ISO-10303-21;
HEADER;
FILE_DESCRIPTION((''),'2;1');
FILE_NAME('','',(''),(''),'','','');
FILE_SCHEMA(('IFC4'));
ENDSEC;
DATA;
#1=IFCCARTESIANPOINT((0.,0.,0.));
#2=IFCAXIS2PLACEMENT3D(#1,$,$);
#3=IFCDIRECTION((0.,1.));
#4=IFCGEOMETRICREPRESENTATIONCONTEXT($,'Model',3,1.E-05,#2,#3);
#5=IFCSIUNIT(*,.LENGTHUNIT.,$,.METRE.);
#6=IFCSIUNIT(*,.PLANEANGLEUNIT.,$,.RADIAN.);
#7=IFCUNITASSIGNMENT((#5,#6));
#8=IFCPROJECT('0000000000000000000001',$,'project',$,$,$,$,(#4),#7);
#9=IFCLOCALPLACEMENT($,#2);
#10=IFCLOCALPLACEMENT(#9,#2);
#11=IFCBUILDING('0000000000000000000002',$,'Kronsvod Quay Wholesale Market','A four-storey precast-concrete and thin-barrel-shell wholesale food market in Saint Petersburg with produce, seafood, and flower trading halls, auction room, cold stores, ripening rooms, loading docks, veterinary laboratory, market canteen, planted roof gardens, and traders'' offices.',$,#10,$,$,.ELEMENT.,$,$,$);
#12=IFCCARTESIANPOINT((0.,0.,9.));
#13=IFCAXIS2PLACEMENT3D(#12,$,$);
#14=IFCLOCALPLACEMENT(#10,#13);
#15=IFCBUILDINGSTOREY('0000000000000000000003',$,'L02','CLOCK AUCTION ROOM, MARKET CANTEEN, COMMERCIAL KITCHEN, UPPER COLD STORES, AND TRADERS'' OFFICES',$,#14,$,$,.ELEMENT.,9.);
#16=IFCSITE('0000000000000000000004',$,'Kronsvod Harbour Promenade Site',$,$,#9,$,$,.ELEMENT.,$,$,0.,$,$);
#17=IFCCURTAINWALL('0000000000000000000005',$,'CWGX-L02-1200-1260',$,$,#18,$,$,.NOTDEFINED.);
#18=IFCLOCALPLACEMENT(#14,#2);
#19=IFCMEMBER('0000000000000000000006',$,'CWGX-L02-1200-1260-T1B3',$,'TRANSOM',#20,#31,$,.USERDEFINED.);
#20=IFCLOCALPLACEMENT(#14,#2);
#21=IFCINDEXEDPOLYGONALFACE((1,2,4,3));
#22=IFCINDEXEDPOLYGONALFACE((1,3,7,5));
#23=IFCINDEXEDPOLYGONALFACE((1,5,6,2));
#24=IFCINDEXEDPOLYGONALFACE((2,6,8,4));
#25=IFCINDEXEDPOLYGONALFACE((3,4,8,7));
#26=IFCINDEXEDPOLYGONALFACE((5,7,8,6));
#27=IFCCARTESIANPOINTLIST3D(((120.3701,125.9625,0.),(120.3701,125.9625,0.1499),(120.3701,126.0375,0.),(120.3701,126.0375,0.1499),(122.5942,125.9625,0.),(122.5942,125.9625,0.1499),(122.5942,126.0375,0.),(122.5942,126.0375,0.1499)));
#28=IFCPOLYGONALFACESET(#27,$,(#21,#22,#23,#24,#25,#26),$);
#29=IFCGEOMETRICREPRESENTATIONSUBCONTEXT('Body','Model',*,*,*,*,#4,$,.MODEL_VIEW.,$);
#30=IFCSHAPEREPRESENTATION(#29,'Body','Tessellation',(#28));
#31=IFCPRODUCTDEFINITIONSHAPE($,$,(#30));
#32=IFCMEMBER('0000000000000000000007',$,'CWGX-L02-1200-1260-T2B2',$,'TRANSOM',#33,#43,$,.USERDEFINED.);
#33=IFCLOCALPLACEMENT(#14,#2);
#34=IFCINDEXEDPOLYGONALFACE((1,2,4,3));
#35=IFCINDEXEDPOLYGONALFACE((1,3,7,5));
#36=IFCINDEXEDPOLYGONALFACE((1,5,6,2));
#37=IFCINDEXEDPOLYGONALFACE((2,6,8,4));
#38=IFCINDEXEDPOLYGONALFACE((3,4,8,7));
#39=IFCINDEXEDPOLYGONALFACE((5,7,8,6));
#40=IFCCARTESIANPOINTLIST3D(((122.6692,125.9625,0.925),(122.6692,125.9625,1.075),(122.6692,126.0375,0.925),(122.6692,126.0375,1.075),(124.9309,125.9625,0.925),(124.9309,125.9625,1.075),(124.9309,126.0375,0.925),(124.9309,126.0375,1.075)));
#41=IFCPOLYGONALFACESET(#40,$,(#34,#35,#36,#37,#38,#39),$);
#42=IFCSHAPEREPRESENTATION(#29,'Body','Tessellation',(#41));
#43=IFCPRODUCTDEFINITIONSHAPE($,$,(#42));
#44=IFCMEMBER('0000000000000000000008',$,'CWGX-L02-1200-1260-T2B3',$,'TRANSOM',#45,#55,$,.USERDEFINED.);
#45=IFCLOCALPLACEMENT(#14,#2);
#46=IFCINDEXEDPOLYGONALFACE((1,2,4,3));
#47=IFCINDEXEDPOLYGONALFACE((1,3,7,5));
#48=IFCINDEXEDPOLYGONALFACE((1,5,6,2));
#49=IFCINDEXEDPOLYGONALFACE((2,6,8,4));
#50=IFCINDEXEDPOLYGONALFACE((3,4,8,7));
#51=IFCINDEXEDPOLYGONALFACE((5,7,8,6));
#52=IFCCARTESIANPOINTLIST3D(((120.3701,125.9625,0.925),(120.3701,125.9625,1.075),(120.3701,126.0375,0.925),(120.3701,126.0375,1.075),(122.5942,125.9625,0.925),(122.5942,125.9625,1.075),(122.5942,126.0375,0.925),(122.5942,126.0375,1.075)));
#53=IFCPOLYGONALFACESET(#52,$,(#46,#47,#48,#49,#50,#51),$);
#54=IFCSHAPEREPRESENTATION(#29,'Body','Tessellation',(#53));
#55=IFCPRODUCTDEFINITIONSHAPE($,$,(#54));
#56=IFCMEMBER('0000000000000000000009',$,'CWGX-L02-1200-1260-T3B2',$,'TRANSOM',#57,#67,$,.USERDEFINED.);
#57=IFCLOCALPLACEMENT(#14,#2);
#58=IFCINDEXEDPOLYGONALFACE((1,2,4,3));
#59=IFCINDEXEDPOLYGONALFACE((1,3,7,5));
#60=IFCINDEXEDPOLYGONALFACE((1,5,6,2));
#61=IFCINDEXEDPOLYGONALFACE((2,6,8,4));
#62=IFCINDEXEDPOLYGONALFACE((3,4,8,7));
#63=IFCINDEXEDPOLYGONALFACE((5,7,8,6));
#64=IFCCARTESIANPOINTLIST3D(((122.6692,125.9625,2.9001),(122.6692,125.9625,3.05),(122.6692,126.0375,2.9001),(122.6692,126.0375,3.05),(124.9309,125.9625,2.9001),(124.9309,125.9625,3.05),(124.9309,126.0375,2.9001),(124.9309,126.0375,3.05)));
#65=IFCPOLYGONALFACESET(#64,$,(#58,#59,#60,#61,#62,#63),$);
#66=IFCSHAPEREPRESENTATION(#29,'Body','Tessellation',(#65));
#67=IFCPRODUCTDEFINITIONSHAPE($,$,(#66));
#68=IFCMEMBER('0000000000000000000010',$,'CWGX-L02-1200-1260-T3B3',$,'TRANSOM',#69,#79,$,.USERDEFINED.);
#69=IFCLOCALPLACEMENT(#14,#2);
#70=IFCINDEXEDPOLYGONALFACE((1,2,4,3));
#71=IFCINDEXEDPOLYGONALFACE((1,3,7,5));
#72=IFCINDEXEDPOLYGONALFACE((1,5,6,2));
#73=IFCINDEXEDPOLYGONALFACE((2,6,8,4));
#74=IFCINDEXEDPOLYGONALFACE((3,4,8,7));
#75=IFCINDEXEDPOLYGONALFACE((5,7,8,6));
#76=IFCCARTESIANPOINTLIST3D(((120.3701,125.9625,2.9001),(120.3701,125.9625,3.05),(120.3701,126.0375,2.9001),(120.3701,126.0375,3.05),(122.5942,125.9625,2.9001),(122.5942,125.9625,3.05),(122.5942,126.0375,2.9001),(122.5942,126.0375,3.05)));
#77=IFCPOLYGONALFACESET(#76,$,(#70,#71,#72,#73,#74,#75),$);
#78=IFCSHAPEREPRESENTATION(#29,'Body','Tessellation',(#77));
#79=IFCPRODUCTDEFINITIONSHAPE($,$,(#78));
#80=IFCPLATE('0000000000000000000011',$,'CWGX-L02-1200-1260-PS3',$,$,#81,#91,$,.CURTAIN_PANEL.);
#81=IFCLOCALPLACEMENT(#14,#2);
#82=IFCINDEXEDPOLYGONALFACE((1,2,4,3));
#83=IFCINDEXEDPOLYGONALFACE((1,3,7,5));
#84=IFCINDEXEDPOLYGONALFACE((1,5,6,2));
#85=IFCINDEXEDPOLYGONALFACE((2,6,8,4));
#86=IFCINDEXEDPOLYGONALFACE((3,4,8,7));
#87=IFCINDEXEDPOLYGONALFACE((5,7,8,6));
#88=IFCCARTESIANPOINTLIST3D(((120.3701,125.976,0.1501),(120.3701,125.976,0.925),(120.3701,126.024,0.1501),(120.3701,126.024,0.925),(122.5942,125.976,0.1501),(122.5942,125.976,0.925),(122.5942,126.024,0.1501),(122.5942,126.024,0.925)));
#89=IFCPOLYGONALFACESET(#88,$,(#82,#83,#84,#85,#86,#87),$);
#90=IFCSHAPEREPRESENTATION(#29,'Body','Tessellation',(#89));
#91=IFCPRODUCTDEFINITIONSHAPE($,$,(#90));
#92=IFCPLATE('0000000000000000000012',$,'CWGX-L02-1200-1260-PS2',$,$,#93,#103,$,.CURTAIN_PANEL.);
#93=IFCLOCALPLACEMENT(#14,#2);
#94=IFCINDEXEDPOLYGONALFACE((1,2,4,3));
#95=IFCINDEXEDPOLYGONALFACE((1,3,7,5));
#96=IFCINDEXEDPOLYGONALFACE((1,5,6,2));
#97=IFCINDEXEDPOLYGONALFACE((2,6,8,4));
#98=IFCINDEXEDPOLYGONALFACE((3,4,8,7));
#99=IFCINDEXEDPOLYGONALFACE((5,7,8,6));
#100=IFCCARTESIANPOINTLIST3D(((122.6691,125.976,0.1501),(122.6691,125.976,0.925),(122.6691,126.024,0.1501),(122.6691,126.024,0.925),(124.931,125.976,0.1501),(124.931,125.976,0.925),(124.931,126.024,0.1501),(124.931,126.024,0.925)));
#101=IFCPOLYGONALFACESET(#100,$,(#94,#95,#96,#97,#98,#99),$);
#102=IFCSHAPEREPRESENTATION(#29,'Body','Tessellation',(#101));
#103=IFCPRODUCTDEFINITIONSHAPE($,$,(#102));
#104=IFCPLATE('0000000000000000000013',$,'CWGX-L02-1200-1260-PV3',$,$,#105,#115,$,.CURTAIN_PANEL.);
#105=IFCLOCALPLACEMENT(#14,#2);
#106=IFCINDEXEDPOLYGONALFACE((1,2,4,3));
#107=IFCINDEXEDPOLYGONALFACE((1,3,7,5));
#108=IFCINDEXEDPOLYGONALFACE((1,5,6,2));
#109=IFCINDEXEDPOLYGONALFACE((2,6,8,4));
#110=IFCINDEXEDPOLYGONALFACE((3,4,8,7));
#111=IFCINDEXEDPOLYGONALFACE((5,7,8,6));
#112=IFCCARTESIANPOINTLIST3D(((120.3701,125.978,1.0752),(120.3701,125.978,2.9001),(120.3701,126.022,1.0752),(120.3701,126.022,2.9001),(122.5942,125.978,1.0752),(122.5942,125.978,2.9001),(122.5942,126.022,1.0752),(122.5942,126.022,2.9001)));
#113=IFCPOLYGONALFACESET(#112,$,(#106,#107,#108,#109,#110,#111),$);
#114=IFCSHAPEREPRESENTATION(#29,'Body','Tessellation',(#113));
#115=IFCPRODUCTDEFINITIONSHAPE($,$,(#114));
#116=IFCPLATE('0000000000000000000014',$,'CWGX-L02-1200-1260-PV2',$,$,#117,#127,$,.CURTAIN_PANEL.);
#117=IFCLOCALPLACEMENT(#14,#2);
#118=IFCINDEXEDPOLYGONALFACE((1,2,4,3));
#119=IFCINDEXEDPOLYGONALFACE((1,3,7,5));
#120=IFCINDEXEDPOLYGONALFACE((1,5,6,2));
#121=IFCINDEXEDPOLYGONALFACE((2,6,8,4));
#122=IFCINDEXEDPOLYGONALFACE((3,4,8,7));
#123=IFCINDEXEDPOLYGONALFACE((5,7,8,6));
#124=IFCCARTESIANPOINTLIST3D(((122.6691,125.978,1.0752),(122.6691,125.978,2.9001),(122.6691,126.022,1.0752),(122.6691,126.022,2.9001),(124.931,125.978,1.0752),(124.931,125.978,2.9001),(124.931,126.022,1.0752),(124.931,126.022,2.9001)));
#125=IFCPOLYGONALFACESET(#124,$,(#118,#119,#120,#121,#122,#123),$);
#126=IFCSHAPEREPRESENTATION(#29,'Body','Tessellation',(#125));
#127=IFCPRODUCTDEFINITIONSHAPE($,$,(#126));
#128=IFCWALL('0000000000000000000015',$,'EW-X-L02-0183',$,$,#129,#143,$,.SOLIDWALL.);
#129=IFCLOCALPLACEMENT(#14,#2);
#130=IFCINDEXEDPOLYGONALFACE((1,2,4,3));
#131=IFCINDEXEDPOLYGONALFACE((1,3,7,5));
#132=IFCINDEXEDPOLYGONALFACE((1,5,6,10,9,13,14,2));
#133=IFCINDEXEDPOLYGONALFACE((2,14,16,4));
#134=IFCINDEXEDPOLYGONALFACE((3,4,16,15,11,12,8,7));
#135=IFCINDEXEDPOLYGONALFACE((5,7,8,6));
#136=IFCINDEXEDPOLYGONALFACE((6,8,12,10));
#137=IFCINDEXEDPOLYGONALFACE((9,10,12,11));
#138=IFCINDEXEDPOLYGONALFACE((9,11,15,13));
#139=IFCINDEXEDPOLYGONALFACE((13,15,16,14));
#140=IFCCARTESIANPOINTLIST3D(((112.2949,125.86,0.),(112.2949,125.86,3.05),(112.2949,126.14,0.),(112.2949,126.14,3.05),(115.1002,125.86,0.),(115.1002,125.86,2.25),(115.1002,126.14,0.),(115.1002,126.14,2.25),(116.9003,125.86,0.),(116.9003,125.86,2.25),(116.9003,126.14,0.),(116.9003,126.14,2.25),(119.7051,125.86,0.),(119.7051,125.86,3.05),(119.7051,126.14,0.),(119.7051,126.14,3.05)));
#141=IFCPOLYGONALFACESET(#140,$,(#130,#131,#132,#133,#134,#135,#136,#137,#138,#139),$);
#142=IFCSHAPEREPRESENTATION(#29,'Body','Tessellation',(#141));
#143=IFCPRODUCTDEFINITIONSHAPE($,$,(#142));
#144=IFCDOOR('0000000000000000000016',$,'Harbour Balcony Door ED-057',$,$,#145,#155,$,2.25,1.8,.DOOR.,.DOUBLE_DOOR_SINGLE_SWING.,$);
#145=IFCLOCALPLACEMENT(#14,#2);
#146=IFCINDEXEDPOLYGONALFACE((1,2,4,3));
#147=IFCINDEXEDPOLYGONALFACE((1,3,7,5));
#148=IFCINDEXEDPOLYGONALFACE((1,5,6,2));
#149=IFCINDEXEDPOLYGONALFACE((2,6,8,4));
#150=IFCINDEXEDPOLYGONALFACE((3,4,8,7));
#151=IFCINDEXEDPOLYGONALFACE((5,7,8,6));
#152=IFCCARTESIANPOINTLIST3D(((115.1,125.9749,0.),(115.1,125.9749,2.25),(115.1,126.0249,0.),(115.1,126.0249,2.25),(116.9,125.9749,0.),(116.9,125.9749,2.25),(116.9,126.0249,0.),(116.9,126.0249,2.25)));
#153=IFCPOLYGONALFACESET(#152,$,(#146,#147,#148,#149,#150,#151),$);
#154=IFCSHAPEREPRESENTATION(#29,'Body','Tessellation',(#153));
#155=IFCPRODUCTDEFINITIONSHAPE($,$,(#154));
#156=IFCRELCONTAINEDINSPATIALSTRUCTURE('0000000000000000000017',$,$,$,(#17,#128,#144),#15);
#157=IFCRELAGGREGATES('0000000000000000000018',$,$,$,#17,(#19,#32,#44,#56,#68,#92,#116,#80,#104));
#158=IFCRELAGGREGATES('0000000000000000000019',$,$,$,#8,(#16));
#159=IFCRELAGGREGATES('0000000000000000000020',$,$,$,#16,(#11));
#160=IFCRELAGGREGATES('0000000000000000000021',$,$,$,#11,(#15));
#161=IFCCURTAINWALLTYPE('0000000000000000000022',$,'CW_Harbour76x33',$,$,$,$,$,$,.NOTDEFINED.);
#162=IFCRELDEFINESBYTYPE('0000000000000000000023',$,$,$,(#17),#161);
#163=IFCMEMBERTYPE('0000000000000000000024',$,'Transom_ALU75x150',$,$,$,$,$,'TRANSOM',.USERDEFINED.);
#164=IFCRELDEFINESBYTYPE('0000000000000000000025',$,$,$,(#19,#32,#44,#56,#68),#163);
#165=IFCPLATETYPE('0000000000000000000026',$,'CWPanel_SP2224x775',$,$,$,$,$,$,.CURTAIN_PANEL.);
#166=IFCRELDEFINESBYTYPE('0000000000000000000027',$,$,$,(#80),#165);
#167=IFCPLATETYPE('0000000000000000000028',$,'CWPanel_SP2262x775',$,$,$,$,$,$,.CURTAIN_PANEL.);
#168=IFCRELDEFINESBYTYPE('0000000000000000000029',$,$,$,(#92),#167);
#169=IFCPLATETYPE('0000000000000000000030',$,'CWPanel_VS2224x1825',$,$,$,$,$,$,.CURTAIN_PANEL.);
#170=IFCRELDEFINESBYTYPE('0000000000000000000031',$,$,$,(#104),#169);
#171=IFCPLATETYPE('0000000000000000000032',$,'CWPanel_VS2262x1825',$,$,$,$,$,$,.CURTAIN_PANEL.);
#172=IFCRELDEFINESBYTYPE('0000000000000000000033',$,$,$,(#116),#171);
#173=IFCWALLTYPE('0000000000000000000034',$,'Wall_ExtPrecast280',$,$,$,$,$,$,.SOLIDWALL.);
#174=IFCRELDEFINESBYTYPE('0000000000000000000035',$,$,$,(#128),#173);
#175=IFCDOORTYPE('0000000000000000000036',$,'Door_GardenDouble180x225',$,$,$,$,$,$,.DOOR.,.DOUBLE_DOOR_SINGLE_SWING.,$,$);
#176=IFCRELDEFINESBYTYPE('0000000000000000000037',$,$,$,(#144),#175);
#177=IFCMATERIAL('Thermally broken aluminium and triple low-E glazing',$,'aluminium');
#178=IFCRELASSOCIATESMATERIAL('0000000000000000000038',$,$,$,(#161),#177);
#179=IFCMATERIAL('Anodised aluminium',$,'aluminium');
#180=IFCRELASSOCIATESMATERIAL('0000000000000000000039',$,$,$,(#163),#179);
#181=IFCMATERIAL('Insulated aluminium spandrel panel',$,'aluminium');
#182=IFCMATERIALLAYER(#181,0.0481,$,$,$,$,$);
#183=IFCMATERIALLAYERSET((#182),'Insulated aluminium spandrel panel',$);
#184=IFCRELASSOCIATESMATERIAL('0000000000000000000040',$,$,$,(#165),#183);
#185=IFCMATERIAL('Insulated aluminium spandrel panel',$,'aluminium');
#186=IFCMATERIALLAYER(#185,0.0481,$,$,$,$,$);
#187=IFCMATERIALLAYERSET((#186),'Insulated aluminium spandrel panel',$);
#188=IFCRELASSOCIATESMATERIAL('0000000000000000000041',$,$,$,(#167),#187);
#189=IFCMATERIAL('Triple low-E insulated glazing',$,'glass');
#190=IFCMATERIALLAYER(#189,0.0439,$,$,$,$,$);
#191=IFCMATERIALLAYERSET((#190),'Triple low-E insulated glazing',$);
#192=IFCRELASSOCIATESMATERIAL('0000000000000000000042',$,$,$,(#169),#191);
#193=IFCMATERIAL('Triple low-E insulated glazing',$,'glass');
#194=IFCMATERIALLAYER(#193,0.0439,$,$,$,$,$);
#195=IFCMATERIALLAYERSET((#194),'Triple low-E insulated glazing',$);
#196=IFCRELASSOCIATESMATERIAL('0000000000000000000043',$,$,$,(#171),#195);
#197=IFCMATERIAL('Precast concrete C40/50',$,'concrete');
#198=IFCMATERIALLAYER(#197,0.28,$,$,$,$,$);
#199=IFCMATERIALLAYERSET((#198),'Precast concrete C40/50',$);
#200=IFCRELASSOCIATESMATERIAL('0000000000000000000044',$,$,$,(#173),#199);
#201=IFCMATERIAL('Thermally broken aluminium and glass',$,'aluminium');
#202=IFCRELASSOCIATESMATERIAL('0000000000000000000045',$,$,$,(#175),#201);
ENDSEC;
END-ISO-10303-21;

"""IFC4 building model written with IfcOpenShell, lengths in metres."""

from ifc_helpers import new_model, si_unit, direction, frame, frame_2d, origin, origin_2d, place, context, subcontext, project, spatial, rectangle, extrude, material, layer, layer_set, material_profile, profile_set, type_object, element, fill, aggregate, save


model = new_model("IFC4")

# Units and contexts
model_context = context("Model", 3, precision=1e-05, world=origin(), true_north=direction((0.0, 1.0)))
body_context = subcontext(model_context, "Body", "Model", "MODEL_VIEW")
ifc_project = project(units=[si_unit("LENGTHUNIT", "METRE"), si_unit("PLANEANGLEUNIT", "RADIAN")], contexts=[model_context])

# Site, building, storey
site_placement = place(None, origin())
site = spatial("IfcSite", under=ifc_project, at=site_placement, Name="Kronsvod Harbour Promenade Site", CompositionType="ELEMENT", RefElevation=0.0)
building_placement = place(site_placement, origin())
building = spatial("IfcBuilding", under=site, at=building_placement, Name="Kronsvod Quay Wholesale Market", Description="A four-storey precast-concrete and thin-barrel-shell wholesale food market in Saint Petersburg with produce, seafood, and flower trading halls, auction room, cold stores, ripening rooms, loading docks, veterinary laboratory, market canteen, planted roof gardens, and traders' offices.", CompositionType="ELEMENT")
storey_placement = place(building_placement, frame((0.0, 0.0, 9.0)))
storey = spatial("IfcBuildingStorey", under=building, at=storey_placement, Name="L02", Description="CLOCK AUCTION ROOM, MARKET CANTEEN, COMMERCIAL KITCHEN, UPPER COLD STORES, AND TRADERS' OFFICES", CompositionType="ELEMENT", Elevation=9.0)

# Curtain wall
ifc_material_1 = material(Name="Thermally broken aluminium and triple low-E glazing", Category="aluminium")
curtain_wall_type = type_object("IfcCurtainWallType", Name="CW_Harbour76x33", PredefinedType="NOTDEFINED", material=ifc_material_1)
curtain_wall_placement = place(storey_placement, origin())
curtain_wall = element("IfcCurtainWall", 1, at=curtain_wall_placement, inside=storey, type_object=curtain_wall_type, Name="CWGX-L02-1200-1260", PredefinedType="NOTDEFINED")

# Members
ifc_material_2 = material(Name="Anodised aluminium", Category="aluminium")
ifc_material_profile_1 = material_profile(ifc_material_2, rectangle(XDim=0.075, YDim=0.1499, at=origin_2d()), Name="ALUT75x150")
ifc_profile_set_1 = profile_set([ifc_material_profile_1], Name="Anodised aluminium")
member_type_1 = type_object("IfcMemberType", Name="Transom_ALU75x150", ElementType="TRANSOM", PredefinedType="USERDEFINED", material=ifc_profile_set_1)
member_1_placement = place(storey_placement, frame((122.5942, 126.0, 0.075), z_axis=(-1.0, 0.0, 0.0), x_axis=(0.0, -1.0, 0.0)))
member_1 = element("IfcMember", 2, at=member_1_placement, type_object=member_type_1, Name="CWGX-L02-1200-1260-T1B3", ObjectType="TRANSOM", PredefinedType="USERDEFINED", context=body_context, shape_type="SweptSolid", body=[
    extrude(rectangle(XDim=0.075, YDim=0.1499, at=origin_2d()), origin(), (0.0, 0.0, 1.0), 2.2241),
])
member_2_placement = place(storey_placement, frame((124.9309, 126.0, 1.0), z_axis=(-1.0, 0.0, 0.0), x_axis=(0.0, -1.0, 0.0)))
member_2 = element("IfcMember", 3, at=member_2_placement, type_object=member_type_1, Name="CWGX-L02-1200-1260-T2B2", ObjectType="TRANSOM", PredefinedType="USERDEFINED", context=body_context, shape_type="SweptSolid", body=[
    extrude(rectangle(XDim=0.075, YDim=0.1499, at=origin_2d()), origin(), (0.0, 0.0, 1.0), 2.2617),
])
member_3_placement = place(storey_placement, frame((122.5942, 126.0, 1.0), z_axis=(-1.0, 0.0, 0.0), x_axis=(0.0, -1.0, 0.0)))
member_3 = element("IfcMember", 4, at=member_3_placement, type_object=member_type_1, Name="CWGX-L02-1200-1260-T2B3", ObjectType="TRANSOM", PredefinedType="USERDEFINED", context=body_context, shape_type="SweptSolid", body=[
    extrude(rectangle(XDim=0.075, YDim=0.1499, at=origin_2d()), origin(), (0.0, 0.0, 1.0), 2.2241),
])
member_4_placement = place(storey_placement, frame((124.9309, 126.0, 2.9751), z_axis=(-1.0, 0.0, 0.0), x_axis=(0.0, -1.0, 0.0)))
member_4 = element("IfcMember", 5, at=member_4_placement, type_object=member_type_1, Name="CWGX-L02-1200-1260-T3B2", ObjectType="TRANSOM", PredefinedType="USERDEFINED", context=body_context, shape_type="SweptSolid", body=[
    extrude(rectangle(XDim=0.075, YDim=0.1499, at=origin_2d()), origin(), (0.0, 0.0, 1.0), 2.2617),
])
member_5_placement = place(storey_placement, frame((122.5942, 126.0, 2.9751), z_axis=(-1.0, 0.0, 0.0), x_axis=(0.0, -1.0, 0.0)))
member_5 = element("IfcMember", 6, at=member_5_placement, type_object=member_type_1, Name="CWGX-L02-1200-1260-T3B3", ObjectType="TRANSOM", PredefinedType="USERDEFINED", context=body_context, shape_type="SweptSolid", body=[
    extrude(rectangle(XDim=0.075, YDim=0.1499, at=origin_2d()), origin(), (0.0, 0.0, 1.0), 2.2241),
])

# Plates
ifc_material_3 = material(Name="Insulated aluminium spandrel panel", Category="aluminium")
ifc_layer_1 = layer(ifc_material_3, 0.0481)
ifc_layer_set_1 = layer_set([ifc_layer_1], Name="Insulated aluminium spandrel panel")
plate_type_1 = type_object("IfcPlateType", Name="CWPanel_SP2224x775", PredefinedType="CURTAIN_PANEL", material=ifc_layer_set_1)
plate_1_placement = place(storey_placement, frame((121.4822, 126.0, 0.1501), z_axis=(0.0, 0.0, 1.0), x_axis=(-1.0, 0.0, 0.0)))
plate_1 = element("IfcPlate", 7, at=plate_1_placement, type_object=plate_type_1, Name="CWGX-L02-1200-1260-PS3", PredefinedType="CURTAIN_PANEL", context=body_context, shape_type="SweptSolid", body=[
    extrude(rectangle(XDim=2.2241, YDim=0.0481, at=origin_2d()), origin(), (0.0, 0.0, 1.0), 0.7749),
])
ifc_material_4 = material(Name="Insulated aluminium spandrel panel", Category="aluminium")
ifc_layer_2 = layer(ifc_material_4, 0.0481)
ifc_layer_set_2 = layer_set([ifc_layer_2], Name="Insulated aluminium spandrel panel")
plate_type_2 = type_object("IfcPlateType", Name="CWPanel_SP2262x775", PredefinedType="CURTAIN_PANEL", material=ifc_layer_set_2)
plate_2_placement = place(storey_placement, frame((123.8, 126.0, 0.1501), z_axis=(0.0, 0.0, 1.0), x_axis=(-1.0, 0.0, 0.0)))
plate_2 = element("IfcPlate", 8, at=plate_2_placement, type_object=plate_type_2, Name="CWGX-L02-1200-1260-PS2", PredefinedType="CURTAIN_PANEL", context=body_context, shape_type="SweptSolid", body=[
    extrude(rectangle(XDim=2.262, YDim=0.0481, at=origin_2d()), origin(), (0.0, 0.0, 1.0), 0.7749),
])
ifc_material_5 = material(Name="Triple low-E insulated glazing", Category="glass")
ifc_layer_3 = layer(ifc_material_5, 0.0439)
ifc_layer_set_3 = layer_set([ifc_layer_3], Name="Triple low-E insulated glazing")
plate_type_3 = type_object("IfcPlateType", Name="CWPanel_VS2224x1825", PredefinedType="CURTAIN_PANEL", material=ifc_layer_set_3)
plate_3_placement = place(storey_placement, frame((121.4822, 126.0, 1.0752), z_axis=(0.0, 0.0, 1.0), x_axis=(-1.0, 0.0, 0.0)))
plate_3 = element("IfcPlate", 9, at=plate_3_placement, type_object=plate_type_3, Name="CWGX-L02-1200-1260-PV3", PredefinedType="CURTAIN_PANEL", context=body_context, shape_type="SweptSolid", body=[
    extrude(rectangle(XDim=2.2241, YDim=0.0439, at=origin_2d()), origin(), (0.0, 0.0, 1.0), 1.825),
])
ifc_material_6 = material(Name="Triple low-E insulated glazing", Category="glass")
ifc_layer_4 = layer(ifc_material_6, 0.0439)
ifc_layer_set_4 = layer_set([ifc_layer_4], Name="Triple low-E insulated glazing")
plate_type_4 = type_object("IfcPlateType", Name="CWPanel_VS2262x1825", PredefinedType="CURTAIN_PANEL", material=ifc_layer_set_4)
plate_4_placement = place(storey_placement, frame((123.8, 126.0, 1.0752), z_axis=(0.0, 0.0, 1.0), x_axis=(-1.0, 0.0, 0.0)))
plate_4 = element("IfcPlate", 10, at=plate_4_placement, type_object=plate_type_4, Name="CWGX-L02-1200-1260-PV2", PredefinedType="CURTAIN_PANEL", context=body_context, shape_type="SweptSolid", body=[
    extrude(rectangle(XDim=2.262, YDim=0.0439, at=origin_2d()), origin(), (0.0, 0.0, 1.0), 1.825),
])
aggregate(curtain_wall, [member_1, member_2, member_3, member_4, member_5, plate_2, plate_4, plate_1, plate_3])

# Wall, opening, door
ifc_material_7 = material(Name="Precast concrete C40/50", Category="concrete")
ifc_layer_5 = layer(ifc_material_7, 0.28)
ifc_layer_set_5 = layer_set([ifc_layer_5], Name="Precast concrete C40/50")
wall_type_1 = type_object("IfcWallType", Name="Wall_ExtPrecast280", PredefinedType="SOLIDWALL", material=ifc_layer_set_5)
wall_1_placement = place(storey_placement, frame((119.7051, 126.0, 0.0), z_axis=(0.0, 0.0, 1.0), x_axis=(-1.0, 0.0, 0.0)))
wall_1 = element("IfcWall", 11, at=wall_1_placement, inside=storey, type_object=wall_type_1, Name="EW-X-L02-0183", PredefinedType="SOLIDWALL", context=body_context, shape_type="SweptSolid", body=[
    extrude(rectangle(XDim=7.4102, YDim=0.28, at=frame_2d((3.7051, 0.0))), origin(), (0.0, 0.0, 1.0), 3.05),
])
opening_1_placement = place(wall_1_placement, frame((2.8049, 0.0, 0.0)))
opening_1 = element("IfcOpeningElement", 12, at=opening_1_placement, cuts=wall_1, PredefinedType="OPENING", context=body_context, shape_type="SweptSolid", body=[
    extrude(rectangle(XDim=1.8, YDim=2.25, at=frame_2d((0.8999, 1.125))), frame((0.0, 0.1499, 0.0), z_axis=(0.0, -1.0, 0.0), x_axis=(1.0, 0.0, 0.0)), (0.0, 0.0, 1.0), 0.3),
])
ifc_material_8 = material(Name="Thermally broken aluminium and glass", Category="aluminium")
door_type_1 = type_object("IfcDoorType", Name="Door_GardenDouble180x225", OperationType="DOUBLE_DOOR_SINGLE_SWING", PredefinedType="DOOR", material=ifc_material_8)
door_1_placement = place(opening_1_placement, frame((1.8, 0.0, 0.0), z_axis=(0.0, 0.0, 1.0), x_axis=(-1.0, 0.0, 0.0)))
door_1 = element("IfcDoor", 13, at=door_1_placement, inside=storey, type_object=door_type_1, Name="Harbour Balcony Door ED-057", OperationType="DOUBLE_DOOR_SINGLE_SWING", OverallHeight=2.25, OverallWidth=1.8, PredefinedType="DOOR", context=body_context, shape_type="SweptSolid", body=[
    extrude(rectangle(XDim=1.8, YDim=2.25, at=frame_2d((0.8999, 1.125))), frame((0.0, 0.0249, 0.0), z_axis=(0.0, -1.0, 0.0), x_axis=(1.0, 0.0, 0.0)), (0.0, 0.0, 1.0), 0.05),
])
fill(opening_1, door_1)

save(model, "model.ifc")
